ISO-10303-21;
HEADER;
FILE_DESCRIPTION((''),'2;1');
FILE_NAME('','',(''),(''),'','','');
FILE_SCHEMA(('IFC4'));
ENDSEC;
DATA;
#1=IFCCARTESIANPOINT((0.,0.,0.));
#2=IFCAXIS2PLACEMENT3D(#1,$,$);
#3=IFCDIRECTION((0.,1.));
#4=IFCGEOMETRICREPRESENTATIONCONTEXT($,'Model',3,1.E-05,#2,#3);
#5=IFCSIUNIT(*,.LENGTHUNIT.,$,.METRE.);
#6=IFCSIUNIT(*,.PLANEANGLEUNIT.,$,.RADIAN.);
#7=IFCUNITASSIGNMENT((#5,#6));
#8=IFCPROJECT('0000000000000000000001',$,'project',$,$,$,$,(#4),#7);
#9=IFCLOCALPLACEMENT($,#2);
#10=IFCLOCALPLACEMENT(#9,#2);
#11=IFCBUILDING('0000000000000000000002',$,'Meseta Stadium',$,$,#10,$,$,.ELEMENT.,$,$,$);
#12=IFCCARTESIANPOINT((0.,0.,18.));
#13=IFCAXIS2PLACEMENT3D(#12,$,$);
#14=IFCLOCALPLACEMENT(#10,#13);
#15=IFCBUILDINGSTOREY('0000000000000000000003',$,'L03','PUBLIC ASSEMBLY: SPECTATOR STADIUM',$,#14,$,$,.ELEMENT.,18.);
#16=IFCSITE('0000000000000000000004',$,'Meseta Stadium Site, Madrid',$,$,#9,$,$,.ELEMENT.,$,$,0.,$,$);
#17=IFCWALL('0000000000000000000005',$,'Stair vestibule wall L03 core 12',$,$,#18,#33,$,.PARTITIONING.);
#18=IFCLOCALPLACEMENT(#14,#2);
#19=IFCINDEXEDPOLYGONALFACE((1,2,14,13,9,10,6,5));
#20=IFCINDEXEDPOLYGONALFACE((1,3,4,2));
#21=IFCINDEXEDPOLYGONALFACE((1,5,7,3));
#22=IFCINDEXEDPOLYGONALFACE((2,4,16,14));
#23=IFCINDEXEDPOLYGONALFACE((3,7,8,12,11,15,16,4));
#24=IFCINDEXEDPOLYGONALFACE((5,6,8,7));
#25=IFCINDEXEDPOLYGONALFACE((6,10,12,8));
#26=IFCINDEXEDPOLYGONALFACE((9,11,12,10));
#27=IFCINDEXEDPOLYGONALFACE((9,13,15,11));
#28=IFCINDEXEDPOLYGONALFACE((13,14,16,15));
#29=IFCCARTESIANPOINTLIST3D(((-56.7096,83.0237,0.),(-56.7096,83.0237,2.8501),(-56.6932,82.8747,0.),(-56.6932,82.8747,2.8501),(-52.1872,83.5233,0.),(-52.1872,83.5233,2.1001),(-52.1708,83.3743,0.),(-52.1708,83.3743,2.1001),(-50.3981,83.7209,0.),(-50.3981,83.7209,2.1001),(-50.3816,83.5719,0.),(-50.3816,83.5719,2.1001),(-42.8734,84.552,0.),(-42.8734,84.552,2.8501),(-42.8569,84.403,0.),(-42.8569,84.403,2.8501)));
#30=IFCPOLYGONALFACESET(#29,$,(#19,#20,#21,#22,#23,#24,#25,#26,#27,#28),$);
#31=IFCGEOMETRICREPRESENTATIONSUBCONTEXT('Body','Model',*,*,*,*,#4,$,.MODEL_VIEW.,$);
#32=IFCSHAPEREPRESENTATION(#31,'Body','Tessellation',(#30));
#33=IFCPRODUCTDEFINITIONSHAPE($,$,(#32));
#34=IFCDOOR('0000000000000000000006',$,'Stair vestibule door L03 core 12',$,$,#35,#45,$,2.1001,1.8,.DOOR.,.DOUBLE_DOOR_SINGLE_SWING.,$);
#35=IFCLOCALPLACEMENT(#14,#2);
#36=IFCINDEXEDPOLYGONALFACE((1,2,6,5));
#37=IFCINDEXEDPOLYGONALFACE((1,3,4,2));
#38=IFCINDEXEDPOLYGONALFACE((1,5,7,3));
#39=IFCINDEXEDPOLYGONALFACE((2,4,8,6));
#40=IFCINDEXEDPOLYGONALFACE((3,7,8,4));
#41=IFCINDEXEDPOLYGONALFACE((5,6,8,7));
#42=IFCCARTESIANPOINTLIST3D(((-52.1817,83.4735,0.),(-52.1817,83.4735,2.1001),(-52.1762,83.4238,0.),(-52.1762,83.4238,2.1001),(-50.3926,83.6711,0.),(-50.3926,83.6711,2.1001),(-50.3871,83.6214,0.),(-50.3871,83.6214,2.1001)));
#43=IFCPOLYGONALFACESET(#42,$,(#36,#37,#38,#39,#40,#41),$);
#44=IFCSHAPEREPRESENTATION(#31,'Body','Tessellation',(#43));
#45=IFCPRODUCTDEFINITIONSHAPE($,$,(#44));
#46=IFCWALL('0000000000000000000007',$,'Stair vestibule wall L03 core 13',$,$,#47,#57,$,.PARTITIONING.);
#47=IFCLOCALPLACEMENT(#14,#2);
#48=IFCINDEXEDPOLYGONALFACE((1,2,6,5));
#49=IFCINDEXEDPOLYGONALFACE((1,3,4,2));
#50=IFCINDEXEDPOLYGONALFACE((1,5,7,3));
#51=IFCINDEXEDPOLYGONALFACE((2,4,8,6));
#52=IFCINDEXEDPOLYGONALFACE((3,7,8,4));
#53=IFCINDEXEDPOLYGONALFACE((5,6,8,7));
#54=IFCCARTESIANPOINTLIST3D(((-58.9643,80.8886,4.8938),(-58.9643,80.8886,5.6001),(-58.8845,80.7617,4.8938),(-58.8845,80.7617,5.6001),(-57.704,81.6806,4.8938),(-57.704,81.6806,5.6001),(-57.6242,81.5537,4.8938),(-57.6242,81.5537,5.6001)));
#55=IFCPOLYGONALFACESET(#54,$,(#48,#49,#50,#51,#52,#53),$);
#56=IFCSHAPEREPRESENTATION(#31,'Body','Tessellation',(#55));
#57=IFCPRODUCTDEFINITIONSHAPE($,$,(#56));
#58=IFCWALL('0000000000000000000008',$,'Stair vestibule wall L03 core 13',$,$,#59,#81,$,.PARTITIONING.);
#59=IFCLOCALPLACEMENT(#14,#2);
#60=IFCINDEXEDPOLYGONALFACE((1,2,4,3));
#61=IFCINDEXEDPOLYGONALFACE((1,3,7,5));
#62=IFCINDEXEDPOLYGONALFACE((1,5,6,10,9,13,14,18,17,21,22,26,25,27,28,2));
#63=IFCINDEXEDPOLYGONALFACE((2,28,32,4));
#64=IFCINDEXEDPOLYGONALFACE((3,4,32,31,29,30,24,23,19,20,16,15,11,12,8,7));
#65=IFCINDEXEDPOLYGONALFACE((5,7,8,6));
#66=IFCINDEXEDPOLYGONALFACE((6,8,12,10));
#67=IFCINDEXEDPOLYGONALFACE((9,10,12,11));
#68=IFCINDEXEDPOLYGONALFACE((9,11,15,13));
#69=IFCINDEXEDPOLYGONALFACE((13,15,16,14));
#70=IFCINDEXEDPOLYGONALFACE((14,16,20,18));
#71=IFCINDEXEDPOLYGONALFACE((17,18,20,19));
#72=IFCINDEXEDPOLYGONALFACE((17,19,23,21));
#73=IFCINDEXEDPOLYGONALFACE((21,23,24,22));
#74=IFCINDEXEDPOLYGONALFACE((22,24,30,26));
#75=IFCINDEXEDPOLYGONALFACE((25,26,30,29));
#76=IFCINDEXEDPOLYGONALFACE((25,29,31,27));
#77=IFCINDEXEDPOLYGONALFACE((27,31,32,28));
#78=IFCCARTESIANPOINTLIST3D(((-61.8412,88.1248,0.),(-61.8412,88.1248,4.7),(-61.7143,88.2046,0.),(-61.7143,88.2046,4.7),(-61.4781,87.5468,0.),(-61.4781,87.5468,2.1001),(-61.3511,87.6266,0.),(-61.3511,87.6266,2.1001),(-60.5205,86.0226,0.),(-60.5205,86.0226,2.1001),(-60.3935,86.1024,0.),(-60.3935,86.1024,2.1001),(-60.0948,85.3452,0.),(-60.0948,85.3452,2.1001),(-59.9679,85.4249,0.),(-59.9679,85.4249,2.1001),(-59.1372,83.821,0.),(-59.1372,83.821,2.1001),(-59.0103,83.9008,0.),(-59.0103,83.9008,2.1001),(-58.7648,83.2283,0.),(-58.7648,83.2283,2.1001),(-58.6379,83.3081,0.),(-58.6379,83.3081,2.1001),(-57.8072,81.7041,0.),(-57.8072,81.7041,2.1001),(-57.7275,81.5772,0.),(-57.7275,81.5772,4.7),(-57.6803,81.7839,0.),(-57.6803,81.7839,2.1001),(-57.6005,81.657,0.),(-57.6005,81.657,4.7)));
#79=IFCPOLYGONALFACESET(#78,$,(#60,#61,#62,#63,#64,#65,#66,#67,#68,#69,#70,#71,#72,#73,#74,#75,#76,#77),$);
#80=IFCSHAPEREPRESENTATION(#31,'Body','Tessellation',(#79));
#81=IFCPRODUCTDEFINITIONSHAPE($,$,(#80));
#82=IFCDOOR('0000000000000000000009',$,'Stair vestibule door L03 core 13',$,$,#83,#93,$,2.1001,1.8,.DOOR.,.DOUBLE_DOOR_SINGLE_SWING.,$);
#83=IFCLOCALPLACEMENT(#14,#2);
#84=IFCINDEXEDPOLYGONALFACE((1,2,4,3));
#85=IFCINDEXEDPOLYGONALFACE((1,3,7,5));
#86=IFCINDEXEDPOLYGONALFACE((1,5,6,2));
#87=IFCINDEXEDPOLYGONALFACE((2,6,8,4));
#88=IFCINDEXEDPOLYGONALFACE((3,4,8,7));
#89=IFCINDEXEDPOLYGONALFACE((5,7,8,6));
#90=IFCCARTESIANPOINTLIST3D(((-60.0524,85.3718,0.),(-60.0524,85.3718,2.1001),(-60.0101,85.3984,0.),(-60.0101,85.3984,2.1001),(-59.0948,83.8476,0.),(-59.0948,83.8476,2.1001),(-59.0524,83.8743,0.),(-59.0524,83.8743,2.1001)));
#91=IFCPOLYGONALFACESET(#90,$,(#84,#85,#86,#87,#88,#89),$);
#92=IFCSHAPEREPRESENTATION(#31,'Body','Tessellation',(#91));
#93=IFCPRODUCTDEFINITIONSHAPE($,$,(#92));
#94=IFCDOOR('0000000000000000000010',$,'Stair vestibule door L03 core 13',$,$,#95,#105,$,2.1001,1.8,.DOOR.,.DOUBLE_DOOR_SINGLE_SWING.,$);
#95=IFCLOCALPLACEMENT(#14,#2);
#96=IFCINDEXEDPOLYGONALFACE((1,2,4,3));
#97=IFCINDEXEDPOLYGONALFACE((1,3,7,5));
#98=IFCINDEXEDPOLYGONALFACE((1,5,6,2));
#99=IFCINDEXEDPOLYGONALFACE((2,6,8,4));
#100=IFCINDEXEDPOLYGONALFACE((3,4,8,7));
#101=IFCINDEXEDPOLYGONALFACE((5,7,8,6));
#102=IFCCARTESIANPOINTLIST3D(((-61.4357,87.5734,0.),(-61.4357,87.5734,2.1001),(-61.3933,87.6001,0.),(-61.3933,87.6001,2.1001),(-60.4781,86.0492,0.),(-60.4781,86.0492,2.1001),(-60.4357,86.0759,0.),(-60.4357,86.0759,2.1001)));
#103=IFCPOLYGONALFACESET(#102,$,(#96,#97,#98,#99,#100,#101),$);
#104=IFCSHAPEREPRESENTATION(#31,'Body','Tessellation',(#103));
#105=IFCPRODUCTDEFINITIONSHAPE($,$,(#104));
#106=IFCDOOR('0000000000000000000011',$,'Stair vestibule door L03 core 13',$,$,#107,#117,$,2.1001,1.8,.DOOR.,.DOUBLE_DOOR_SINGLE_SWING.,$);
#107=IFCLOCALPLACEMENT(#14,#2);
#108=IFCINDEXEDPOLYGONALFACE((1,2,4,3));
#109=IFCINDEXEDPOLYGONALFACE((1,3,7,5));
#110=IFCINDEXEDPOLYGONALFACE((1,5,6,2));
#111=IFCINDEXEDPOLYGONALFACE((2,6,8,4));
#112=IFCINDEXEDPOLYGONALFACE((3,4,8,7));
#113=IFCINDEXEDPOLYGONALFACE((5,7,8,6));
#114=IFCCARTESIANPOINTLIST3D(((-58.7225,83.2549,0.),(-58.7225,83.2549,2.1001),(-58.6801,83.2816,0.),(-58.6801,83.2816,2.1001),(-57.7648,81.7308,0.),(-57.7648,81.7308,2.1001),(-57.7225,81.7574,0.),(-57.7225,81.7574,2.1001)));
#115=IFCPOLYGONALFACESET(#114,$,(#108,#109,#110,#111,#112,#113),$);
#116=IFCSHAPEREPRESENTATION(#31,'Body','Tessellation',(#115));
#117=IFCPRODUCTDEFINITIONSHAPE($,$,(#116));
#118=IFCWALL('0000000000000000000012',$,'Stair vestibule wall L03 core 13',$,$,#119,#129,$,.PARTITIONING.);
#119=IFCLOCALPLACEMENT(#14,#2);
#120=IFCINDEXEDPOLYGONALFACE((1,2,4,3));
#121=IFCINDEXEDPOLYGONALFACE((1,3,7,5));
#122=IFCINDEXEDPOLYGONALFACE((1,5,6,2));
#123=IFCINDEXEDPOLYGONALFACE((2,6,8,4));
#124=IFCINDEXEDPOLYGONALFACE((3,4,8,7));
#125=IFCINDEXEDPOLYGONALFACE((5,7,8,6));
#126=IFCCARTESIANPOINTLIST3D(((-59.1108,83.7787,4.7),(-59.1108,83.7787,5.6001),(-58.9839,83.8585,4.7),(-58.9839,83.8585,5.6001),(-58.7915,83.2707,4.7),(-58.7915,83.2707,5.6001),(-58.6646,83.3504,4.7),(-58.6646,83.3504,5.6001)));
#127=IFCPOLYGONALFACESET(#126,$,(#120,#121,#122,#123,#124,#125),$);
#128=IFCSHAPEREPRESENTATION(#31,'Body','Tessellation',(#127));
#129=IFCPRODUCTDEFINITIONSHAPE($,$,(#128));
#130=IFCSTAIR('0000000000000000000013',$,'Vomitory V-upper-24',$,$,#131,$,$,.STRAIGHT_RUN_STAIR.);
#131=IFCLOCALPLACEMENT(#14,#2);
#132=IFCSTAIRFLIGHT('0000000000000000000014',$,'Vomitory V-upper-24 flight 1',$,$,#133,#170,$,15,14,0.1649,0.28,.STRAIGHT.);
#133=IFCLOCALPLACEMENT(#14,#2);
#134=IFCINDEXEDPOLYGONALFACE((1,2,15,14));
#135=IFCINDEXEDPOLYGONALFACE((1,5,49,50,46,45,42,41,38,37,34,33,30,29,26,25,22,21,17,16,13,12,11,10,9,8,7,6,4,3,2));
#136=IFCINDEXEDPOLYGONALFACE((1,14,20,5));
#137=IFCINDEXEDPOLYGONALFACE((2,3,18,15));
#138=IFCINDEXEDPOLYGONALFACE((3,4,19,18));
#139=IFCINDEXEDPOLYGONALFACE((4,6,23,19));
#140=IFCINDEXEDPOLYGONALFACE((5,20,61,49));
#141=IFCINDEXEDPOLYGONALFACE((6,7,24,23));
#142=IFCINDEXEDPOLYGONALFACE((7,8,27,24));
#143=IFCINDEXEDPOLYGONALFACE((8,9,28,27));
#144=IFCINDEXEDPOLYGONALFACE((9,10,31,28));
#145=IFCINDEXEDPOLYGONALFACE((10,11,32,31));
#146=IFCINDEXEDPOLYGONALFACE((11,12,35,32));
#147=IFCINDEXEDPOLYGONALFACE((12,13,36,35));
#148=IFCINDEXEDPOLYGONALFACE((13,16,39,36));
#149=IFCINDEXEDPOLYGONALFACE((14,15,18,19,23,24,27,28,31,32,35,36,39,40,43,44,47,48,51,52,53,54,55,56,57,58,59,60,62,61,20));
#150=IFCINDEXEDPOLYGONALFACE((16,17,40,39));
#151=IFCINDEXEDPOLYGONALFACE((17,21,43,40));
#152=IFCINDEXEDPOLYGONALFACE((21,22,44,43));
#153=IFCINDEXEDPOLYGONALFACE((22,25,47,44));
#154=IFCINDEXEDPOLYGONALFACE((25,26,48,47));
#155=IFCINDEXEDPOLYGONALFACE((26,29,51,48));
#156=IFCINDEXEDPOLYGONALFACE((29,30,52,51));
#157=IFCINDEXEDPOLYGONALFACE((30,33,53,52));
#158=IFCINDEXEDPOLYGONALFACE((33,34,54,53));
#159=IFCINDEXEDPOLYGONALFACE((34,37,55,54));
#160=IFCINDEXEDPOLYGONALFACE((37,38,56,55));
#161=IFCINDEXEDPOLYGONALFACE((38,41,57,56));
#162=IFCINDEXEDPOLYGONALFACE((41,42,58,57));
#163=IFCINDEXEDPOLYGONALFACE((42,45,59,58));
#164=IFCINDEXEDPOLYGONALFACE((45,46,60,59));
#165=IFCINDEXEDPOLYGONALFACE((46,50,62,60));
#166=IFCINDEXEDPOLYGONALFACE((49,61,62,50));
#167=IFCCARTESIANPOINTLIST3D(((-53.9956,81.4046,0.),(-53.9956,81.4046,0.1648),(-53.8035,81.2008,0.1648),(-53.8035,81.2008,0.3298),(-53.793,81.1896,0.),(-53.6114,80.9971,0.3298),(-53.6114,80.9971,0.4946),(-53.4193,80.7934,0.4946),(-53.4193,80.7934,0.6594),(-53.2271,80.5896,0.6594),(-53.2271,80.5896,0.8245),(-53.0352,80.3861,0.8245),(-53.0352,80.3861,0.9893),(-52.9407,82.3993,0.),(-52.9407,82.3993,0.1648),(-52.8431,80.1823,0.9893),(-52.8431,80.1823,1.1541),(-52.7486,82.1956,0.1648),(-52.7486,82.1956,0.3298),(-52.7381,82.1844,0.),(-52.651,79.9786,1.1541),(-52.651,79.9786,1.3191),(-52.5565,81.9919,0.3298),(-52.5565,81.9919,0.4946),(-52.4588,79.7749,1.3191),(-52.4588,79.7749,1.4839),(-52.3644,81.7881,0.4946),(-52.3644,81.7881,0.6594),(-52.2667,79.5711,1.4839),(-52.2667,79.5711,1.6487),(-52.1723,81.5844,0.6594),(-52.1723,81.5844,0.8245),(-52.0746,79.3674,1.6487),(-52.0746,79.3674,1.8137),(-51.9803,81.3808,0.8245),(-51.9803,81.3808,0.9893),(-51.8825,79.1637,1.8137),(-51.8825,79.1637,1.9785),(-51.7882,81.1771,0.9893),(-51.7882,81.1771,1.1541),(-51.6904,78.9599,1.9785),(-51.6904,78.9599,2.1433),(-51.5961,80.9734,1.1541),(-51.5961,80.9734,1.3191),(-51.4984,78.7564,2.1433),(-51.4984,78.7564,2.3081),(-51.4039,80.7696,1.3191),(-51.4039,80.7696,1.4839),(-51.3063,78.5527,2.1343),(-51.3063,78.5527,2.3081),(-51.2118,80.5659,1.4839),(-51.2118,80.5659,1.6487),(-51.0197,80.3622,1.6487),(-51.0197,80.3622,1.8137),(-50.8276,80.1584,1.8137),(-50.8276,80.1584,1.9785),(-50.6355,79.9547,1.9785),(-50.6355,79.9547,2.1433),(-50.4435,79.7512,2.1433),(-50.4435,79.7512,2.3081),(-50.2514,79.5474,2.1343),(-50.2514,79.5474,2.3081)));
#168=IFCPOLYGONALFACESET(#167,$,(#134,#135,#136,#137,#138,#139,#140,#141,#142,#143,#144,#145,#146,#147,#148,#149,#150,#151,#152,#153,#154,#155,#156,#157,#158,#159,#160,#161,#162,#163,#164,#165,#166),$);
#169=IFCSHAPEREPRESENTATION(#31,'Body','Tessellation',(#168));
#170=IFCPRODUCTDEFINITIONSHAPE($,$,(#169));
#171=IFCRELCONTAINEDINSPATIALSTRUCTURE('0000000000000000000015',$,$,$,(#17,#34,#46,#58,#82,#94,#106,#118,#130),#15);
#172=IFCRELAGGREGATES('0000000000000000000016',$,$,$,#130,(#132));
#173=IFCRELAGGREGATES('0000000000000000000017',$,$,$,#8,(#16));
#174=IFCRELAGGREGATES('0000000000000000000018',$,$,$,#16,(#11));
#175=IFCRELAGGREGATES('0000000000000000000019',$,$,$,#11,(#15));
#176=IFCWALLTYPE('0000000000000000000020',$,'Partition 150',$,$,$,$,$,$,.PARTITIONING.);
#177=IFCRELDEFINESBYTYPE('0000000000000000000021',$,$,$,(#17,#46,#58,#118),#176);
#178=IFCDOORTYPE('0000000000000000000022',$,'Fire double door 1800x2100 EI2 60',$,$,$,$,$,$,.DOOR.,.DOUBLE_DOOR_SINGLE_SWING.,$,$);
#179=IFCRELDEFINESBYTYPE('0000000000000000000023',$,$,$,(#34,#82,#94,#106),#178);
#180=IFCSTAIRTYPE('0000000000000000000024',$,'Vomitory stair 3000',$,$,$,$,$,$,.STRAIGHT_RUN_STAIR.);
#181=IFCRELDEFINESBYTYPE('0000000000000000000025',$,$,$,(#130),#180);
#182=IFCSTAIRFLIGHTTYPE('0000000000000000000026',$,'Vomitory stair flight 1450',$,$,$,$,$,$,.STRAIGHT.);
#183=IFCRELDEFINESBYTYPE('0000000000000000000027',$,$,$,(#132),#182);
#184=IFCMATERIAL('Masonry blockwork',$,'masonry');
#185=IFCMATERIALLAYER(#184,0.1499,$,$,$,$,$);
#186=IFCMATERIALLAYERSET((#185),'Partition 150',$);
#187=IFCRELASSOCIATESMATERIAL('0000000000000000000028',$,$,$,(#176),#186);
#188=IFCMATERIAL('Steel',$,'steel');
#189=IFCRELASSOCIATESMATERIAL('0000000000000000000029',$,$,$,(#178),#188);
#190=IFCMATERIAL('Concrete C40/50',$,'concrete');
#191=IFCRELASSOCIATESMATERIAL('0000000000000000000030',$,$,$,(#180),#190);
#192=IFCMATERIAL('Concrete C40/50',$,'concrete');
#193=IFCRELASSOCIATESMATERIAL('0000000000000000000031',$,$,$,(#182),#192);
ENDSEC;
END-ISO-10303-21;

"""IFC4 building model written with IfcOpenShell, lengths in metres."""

from ifc_helpers import new_model, si_unit, direction, frame, frame_2d, origin, place, context, subcontext, project, spatial, polyline, rectangle, outline, extrude, material, layer, layer_set, type_object, element, fill, aggregate, save


model = new_model("IFC4")

# Units and contexts
model_context = context("Model", 3, precision=1e-05, world=origin(), true_north=direction((0.0, 1.0)))
body_context = subcontext(model_context, "Body", "Model", "MODEL_VIEW")
ifc_project = project(units=[si_unit("LENGTHUNIT", "METRE"), si_unit("PLANEANGLEUNIT", "RADIAN")], contexts=[model_context])

# Site, building, storey
site_placement = place(None, origin())
site = spatial("IfcSite", under=ifc_project, at=site_placement, Name="Meseta Stadium Site, Madrid", CompositionType="ELEMENT", RefElevation=0.0)
building_placement = place(site_placement, origin())
building = spatial("IfcBuilding", under=site, at=building_placement, Name="Meseta Stadium", CompositionType="ELEMENT")
storey_placement = place(building_placement, frame((0.0, 0.0, 18.0)))
storey = spatial("IfcBuildingStorey", under=building, at=storey_placement, Name="L03", Description="PUBLIC ASSEMBLY: SPECTATOR STADIUM", CompositionType="ELEMENT", Elevation=18.0)

# Wall, opening, door
ifc_material_1 = material(Name="Masonry blockwork", Category="masonry")
ifc_layer_1 = layer(ifc_material_1, 0.1499)
ifc_layer_set_1 = layer_set([ifc_layer_1], Name="Partition 150")
wall_type = type_object("IfcWallType", Name="Partition 150", PredefinedType="PARTITIONING", material=ifc_layer_set_1)
wall_1_placement = place(storey_placement, frame((-56.7014, 82.9492, 0.0), z_axis=(0.0, 0.0, 1.0), x_axis=(0.993955, 0.10979, 0.0)))
wall_1 = element("IfcWall", 1, at=wall_1_placement, inside=storey, type_object=wall_type, Name="Stair vestibule wall L03 core 12", PredefinedType="PARTITIONING", context=body_context, shape_type="SweptSolid", body=[
    extrude(rectangle(XDim=13.9204, YDim=0.1499, at=frame_2d((6.9602, 0.0))), origin(), (0.0, 0.0, 1.0), 2.8501),
])
opening_1_placement = place(wall_1_placement, frame((4.55, 0.0, 0.0)))
opening_1 = element("IfcOpeningElement", 2, at=opening_1_placement, cuts=wall_1, PredefinedType="OPENING", context=body_context, shape_type="SweptSolid", body=[
    extrude(rectangle(XDim=1.8, YDim=2.1001, at=frame_2d((0.8999, 1.05))), frame((0.0, 0.085, 0.0), z_axis=(0.0, -1.0, 0.0), x_axis=(1.0, 0.0, 0.0)), (0.0, 0.0, 1.0), 0.1699),
])
ifc_material_2 = material(Name="Steel", Category="steel")
door_type = type_object("IfcDoorType", Name="Fire double door 1800x2100 EI2 60", OperationType="DOUBLE_DOOR_SINGLE_SWING", PredefinedType="DOOR", material=ifc_material_2)
door_1_placement = place(opening_1_placement, origin())
door_1 = element("IfcDoor", 3, at=door_1_placement, inside=storey, type_object=door_type, Name="Stair vestibule door L03 core 12", OperationType="DOUBLE_DOOR_SINGLE_SWING", OverallHeight=2.1001, OverallWidth=1.8, PredefinedType="DOOR", context=body_context, shape_type="SweptSolid", body=[
    extrude(rectangle(XDim=1.8, YDim=2.1001, at=frame_2d((0.8999, 1.05))), frame((0.0, 0.0249, 0.0), z_axis=(0.0, -1.0, 0.0), x_axis=(1.0, 0.0, 0.0)), (0.0, 0.0, 1.0), 0.05),
])
fill(opening_1, door_1)

# Wall
wall_2_placement = place(storey_placement, frame((-58.9243, 80.8252, 4.8938), z_axis=(0.0, 0.0, 1.0), x_axis=(0.846687, 0.532091, 0.0)))
element("IfcWall", 4, at=wall_2_placement, inside=storey, type_object=wall_type, Name="Stair vestibule wall L03 core 13", PredefinedType="PARTITIONING", context=body_context, shape_type="SweptSolid", body=[
    extrude(rectangle(XDim=1.4885, YDim=0.1499, at=frame_2d((0.7441, 0.0))), origin(), (0.0, 0.0, 1.0), 0.7063),
])

# Wall, openings, doors
wall_3_placement = place(storey_placement, frame((-57.6641, 81.6172, 0.0), z_axis=(0.0, 0.0, 1.0), x_axis=(-0.531998, 0.846745, 0.0)))
wall_3 = element("IfcWall", 5, at=wall_3_placement, inside=storey, type_object=wall_type, Name="Stair vestibule wall L03 core 13", PredefinedType="PARTITIONING", context=body_context, shape_type="SweptSolid", body=[
    extrude(rectangle(XDim=7.7327, YDim=0.1499, at=frame_2d((3.8662, 0.0))), origin(), (0.0, 0.0, 1.0), 4.7),
])
opening_2_placement = place(wall_3_placement, frame((2.6499, 0.0, 0.0)))
opening_2 = element("IfcOpeningElement", 6, at=opening_2_placement, cuts=wall_3, PredefinedType="OPENING", context=body_context, shape_type="SweptSolid", body=[
    extrude(rectangle(XDim=1.8, YDim=2.1001, at=frame_2d((0.8999, 1.05))), frame((0.0, 0.085, 0.0), z_axis=(0.0, -1.0, 0.0), x_axis=(1.0, 0.0, 0.0)), (0.0, 0.0, 1.0), 0.1699),
])
opening_3_placement = place(wall_3_placement, frame((5.25, 0.0, 0.0)))
opening_3 = element("IfcOpeningElement", 7, at=opening_3_placement, cuts=wall_3, PredefinedType="OPENING", context=body_context, shape_type="SweptSolid", body=[
    extrude(rectangle(XDim=1.8, YDim=2.1001, at=frame_2d((0.8999, 1.05))), frame((0.0, 0.085, 0.0), z_axis=(0.0, -1.0, 0.0), x_axis=(1.0, 0.0, 0.0)), (0.0, 0.0, 1.0), 0.1699),
])
opening_4_placement = place(wall_3_placement, frame((0.1499, 0.0, 0.0)))
opening_4 = element("IfcOpeningElement", 8, at=opening_4_placement, cuts=wall_3, PredefinedType="OPENING", context=body_context, shape_type="SweptSolid", body=[
    extrude(rectangle(XDim=1.8, YDim=2.1001, at=frame_2d((0.8999, 1.05))), frame((0.0, 0.085, 0.0), z_axis=(0.0, -1.0, 0.0), x_axis=(1.0, 0.0, 0.0)), (0.0, 0.0, 1.0), 0.1699),
])
door_2_placement = place(opening_2_placement, origin())
door_2 = element("IfcDoor", 9, at=door_2_placement, inside=storey, type_object=door_type, Name="Stair vestibule door L03 core 13", OperationType="DOUBLE_DOOR_SINGLE_SWING", OverallHeight=2.1001, OverallWidth=1.8, PredefinedType="DOOR", context=body_context, shape_type="SweptSolid", body=[
    extrude(rectangle(XDim=1.8, YDim=2.1001, at=frame_2d((0.8999, 1.05))), frame((0.0, 0.0249, 0.0), z_axis=(0.0, -1.0, 0.0), x_axis=(1.0, 0.0, 0.0)), (0.0, 0.0, 1.0), 0.05),
])
fill(opening_2, door_2)
door_3_placement = place(opening_3_placement, origin())
door_3 = element("IfcDoor", 10, at=door_3_placement, inside=storey, type_object=door_type, Name="Stair vestibule door L03 core 13", OperationType="DOUBLE_DOOR_SINGLE_SWING", OverallHeight=2.1001, OverallWidth=1.8, PredefinedType="DOOR", context=body_context, shape_type="SweptSolid", body=[
    extrude(rectangle(XDim=1.8, YDim=2.1001, at=frame_2d((0.8999, 1.05))), frame((0.0, 0.0249, 0.0), z_axis=(0.0, -1.0, 0.0), x_axis=(1.0, 0.0, 0.0)), (0.0, 0.0, 1.0), 0.05),
])
fill(opening_3, door_3)
door_4_placement = place(opening_4_placement, origin())
door_4 = element("IfcDoor", 11, at=door_4_placement, inside=storey, type_object=door_type, Name="Stair vestibule door L03 core 13", OperationType="DOUBLE_DOOR_SINGLE_SWING", OverallHeight=2.1001, OverallWidth=1.8, PredefinedType="DOOR", context=body_context, shape_type="SweptSolid", body=[
    extrude(rectangle(XDim=1.8, YDim=2.1001, at=frame_2d((0.8999, 1.05))), frame((0.0, 0.0249, 0.0), z_axis=(0.0, -1.0, 0.0), x_axis=(1.0, 0.0, 0.0)), (0.0, 0.0, 1.0), 0.05),
])
fill(opening_4, door_4)

# Wall
wall_4_placement = place(storey_placement, frame((-58.728, 83.3105, 4.7), z_axis=(0.0, 0.0, 1.0), x_axis=(-0.532155, 0.846647, 0.0)))
element("IfcWall", 12, at=wall_4_placement, inside=storey, type_object=wall_type, Name="Stair vestibule wall L03 core 13", PredefinedType="PARTITIONING", context=body_context, shape_type="SweptSolid", body=[
    extrude(rectangle(XDim=0.6001, YDim=0.1499, at=frame_2d((0.3, 0.0))), origin(), (0.0, 0.0, 1.0), 0.9001),
])

# Stair, stair flight
ifc_material_3 = material(Name="Concrete C40/50", Category="concrete")
stair_type = type_object("IfcStairType", Name="Vomitory stair 3000", PredefinedType="STRAIGHT_RUN_STAIR", material=ifc_material_3)
stair_placement = place(storey_placement, origin())
stair = element("IfcStair", 13, at=stair_placement, inside=storey, type_object=stair_type, Name="Vomitory V-upper-24", PredefinedType="STRAIGHT_RUN_STAIR")
ifc_material_4 = material(Name="Concrete C40/50", Category="concrete")
stair_flight_type = type_object("IfcStairFlightType", Name="Vomitory stair flight 1450", PredefinedType="STRAIGHT", material=ifc_material_4)
stair_flight_1_placement = place(storey_placement, frame((-53.4683, 81.9019, 0.0), z_axis=(0.0, 0.0, 1.0), x_axis=(0.686065, -0.727541, 0.0)))
stair_flight_1 = element("IfcStairFlight", 14, at=stair_flight_1_placement, type_object=stair_flight_type, Name="Vomitory V-upper-24 flight 1", NumberOfRisers=15, NumberOfTreads=14, PredefinedType="STRAIGHT", RiserHeight=0.1649, TreadLength=0.28, context=body_context, shape_type="SweptSolid", body=[
    extrude(outline(polyline([(0.0, 0.0), (0.0, 0.1648), (0.28, 0.1648), (0.28, 0.3298), (0.5601, 0.3298), (0.5601, 0.4946), (0.8401, 0.4946), (0.8401, 0.6594), (1.1201, 0.6594), (1.1201, 0.8245), (1.3999, 0.8245), (1.3999, 0.9893), (1.6799, 0.9893), (1.6799, 1.1541), (1.96, 1.1541), (1.96, 1.3191), (2.24, 1.3191), (2.24, 1.4839), (2.52, 1.4839), (2.52, 1.6487), (2.8, 1.6487), (2.8, 1.8137), (3.0801, 1.8137), (3.0801, 1.9785), (3.3601, 1.9785), (3.3601, 2.1433), (3.6399, 2.1433), (3.6399, 2.3081), (3.9199, 2.3081), (3.9199, 2.1343), (0.2954, 0.0), (0.0, 0.0)])), frame((0.0, 0.7251, 0.0), z_axis=(0.0, -1.0, 0.0), x_axis=(1.0, 0.0, 0.0)), (0.0, 0.0, 1.0), 1.45),
])
aggregate(stair, [stair_flight_1])

save(model, "model.ifc")
